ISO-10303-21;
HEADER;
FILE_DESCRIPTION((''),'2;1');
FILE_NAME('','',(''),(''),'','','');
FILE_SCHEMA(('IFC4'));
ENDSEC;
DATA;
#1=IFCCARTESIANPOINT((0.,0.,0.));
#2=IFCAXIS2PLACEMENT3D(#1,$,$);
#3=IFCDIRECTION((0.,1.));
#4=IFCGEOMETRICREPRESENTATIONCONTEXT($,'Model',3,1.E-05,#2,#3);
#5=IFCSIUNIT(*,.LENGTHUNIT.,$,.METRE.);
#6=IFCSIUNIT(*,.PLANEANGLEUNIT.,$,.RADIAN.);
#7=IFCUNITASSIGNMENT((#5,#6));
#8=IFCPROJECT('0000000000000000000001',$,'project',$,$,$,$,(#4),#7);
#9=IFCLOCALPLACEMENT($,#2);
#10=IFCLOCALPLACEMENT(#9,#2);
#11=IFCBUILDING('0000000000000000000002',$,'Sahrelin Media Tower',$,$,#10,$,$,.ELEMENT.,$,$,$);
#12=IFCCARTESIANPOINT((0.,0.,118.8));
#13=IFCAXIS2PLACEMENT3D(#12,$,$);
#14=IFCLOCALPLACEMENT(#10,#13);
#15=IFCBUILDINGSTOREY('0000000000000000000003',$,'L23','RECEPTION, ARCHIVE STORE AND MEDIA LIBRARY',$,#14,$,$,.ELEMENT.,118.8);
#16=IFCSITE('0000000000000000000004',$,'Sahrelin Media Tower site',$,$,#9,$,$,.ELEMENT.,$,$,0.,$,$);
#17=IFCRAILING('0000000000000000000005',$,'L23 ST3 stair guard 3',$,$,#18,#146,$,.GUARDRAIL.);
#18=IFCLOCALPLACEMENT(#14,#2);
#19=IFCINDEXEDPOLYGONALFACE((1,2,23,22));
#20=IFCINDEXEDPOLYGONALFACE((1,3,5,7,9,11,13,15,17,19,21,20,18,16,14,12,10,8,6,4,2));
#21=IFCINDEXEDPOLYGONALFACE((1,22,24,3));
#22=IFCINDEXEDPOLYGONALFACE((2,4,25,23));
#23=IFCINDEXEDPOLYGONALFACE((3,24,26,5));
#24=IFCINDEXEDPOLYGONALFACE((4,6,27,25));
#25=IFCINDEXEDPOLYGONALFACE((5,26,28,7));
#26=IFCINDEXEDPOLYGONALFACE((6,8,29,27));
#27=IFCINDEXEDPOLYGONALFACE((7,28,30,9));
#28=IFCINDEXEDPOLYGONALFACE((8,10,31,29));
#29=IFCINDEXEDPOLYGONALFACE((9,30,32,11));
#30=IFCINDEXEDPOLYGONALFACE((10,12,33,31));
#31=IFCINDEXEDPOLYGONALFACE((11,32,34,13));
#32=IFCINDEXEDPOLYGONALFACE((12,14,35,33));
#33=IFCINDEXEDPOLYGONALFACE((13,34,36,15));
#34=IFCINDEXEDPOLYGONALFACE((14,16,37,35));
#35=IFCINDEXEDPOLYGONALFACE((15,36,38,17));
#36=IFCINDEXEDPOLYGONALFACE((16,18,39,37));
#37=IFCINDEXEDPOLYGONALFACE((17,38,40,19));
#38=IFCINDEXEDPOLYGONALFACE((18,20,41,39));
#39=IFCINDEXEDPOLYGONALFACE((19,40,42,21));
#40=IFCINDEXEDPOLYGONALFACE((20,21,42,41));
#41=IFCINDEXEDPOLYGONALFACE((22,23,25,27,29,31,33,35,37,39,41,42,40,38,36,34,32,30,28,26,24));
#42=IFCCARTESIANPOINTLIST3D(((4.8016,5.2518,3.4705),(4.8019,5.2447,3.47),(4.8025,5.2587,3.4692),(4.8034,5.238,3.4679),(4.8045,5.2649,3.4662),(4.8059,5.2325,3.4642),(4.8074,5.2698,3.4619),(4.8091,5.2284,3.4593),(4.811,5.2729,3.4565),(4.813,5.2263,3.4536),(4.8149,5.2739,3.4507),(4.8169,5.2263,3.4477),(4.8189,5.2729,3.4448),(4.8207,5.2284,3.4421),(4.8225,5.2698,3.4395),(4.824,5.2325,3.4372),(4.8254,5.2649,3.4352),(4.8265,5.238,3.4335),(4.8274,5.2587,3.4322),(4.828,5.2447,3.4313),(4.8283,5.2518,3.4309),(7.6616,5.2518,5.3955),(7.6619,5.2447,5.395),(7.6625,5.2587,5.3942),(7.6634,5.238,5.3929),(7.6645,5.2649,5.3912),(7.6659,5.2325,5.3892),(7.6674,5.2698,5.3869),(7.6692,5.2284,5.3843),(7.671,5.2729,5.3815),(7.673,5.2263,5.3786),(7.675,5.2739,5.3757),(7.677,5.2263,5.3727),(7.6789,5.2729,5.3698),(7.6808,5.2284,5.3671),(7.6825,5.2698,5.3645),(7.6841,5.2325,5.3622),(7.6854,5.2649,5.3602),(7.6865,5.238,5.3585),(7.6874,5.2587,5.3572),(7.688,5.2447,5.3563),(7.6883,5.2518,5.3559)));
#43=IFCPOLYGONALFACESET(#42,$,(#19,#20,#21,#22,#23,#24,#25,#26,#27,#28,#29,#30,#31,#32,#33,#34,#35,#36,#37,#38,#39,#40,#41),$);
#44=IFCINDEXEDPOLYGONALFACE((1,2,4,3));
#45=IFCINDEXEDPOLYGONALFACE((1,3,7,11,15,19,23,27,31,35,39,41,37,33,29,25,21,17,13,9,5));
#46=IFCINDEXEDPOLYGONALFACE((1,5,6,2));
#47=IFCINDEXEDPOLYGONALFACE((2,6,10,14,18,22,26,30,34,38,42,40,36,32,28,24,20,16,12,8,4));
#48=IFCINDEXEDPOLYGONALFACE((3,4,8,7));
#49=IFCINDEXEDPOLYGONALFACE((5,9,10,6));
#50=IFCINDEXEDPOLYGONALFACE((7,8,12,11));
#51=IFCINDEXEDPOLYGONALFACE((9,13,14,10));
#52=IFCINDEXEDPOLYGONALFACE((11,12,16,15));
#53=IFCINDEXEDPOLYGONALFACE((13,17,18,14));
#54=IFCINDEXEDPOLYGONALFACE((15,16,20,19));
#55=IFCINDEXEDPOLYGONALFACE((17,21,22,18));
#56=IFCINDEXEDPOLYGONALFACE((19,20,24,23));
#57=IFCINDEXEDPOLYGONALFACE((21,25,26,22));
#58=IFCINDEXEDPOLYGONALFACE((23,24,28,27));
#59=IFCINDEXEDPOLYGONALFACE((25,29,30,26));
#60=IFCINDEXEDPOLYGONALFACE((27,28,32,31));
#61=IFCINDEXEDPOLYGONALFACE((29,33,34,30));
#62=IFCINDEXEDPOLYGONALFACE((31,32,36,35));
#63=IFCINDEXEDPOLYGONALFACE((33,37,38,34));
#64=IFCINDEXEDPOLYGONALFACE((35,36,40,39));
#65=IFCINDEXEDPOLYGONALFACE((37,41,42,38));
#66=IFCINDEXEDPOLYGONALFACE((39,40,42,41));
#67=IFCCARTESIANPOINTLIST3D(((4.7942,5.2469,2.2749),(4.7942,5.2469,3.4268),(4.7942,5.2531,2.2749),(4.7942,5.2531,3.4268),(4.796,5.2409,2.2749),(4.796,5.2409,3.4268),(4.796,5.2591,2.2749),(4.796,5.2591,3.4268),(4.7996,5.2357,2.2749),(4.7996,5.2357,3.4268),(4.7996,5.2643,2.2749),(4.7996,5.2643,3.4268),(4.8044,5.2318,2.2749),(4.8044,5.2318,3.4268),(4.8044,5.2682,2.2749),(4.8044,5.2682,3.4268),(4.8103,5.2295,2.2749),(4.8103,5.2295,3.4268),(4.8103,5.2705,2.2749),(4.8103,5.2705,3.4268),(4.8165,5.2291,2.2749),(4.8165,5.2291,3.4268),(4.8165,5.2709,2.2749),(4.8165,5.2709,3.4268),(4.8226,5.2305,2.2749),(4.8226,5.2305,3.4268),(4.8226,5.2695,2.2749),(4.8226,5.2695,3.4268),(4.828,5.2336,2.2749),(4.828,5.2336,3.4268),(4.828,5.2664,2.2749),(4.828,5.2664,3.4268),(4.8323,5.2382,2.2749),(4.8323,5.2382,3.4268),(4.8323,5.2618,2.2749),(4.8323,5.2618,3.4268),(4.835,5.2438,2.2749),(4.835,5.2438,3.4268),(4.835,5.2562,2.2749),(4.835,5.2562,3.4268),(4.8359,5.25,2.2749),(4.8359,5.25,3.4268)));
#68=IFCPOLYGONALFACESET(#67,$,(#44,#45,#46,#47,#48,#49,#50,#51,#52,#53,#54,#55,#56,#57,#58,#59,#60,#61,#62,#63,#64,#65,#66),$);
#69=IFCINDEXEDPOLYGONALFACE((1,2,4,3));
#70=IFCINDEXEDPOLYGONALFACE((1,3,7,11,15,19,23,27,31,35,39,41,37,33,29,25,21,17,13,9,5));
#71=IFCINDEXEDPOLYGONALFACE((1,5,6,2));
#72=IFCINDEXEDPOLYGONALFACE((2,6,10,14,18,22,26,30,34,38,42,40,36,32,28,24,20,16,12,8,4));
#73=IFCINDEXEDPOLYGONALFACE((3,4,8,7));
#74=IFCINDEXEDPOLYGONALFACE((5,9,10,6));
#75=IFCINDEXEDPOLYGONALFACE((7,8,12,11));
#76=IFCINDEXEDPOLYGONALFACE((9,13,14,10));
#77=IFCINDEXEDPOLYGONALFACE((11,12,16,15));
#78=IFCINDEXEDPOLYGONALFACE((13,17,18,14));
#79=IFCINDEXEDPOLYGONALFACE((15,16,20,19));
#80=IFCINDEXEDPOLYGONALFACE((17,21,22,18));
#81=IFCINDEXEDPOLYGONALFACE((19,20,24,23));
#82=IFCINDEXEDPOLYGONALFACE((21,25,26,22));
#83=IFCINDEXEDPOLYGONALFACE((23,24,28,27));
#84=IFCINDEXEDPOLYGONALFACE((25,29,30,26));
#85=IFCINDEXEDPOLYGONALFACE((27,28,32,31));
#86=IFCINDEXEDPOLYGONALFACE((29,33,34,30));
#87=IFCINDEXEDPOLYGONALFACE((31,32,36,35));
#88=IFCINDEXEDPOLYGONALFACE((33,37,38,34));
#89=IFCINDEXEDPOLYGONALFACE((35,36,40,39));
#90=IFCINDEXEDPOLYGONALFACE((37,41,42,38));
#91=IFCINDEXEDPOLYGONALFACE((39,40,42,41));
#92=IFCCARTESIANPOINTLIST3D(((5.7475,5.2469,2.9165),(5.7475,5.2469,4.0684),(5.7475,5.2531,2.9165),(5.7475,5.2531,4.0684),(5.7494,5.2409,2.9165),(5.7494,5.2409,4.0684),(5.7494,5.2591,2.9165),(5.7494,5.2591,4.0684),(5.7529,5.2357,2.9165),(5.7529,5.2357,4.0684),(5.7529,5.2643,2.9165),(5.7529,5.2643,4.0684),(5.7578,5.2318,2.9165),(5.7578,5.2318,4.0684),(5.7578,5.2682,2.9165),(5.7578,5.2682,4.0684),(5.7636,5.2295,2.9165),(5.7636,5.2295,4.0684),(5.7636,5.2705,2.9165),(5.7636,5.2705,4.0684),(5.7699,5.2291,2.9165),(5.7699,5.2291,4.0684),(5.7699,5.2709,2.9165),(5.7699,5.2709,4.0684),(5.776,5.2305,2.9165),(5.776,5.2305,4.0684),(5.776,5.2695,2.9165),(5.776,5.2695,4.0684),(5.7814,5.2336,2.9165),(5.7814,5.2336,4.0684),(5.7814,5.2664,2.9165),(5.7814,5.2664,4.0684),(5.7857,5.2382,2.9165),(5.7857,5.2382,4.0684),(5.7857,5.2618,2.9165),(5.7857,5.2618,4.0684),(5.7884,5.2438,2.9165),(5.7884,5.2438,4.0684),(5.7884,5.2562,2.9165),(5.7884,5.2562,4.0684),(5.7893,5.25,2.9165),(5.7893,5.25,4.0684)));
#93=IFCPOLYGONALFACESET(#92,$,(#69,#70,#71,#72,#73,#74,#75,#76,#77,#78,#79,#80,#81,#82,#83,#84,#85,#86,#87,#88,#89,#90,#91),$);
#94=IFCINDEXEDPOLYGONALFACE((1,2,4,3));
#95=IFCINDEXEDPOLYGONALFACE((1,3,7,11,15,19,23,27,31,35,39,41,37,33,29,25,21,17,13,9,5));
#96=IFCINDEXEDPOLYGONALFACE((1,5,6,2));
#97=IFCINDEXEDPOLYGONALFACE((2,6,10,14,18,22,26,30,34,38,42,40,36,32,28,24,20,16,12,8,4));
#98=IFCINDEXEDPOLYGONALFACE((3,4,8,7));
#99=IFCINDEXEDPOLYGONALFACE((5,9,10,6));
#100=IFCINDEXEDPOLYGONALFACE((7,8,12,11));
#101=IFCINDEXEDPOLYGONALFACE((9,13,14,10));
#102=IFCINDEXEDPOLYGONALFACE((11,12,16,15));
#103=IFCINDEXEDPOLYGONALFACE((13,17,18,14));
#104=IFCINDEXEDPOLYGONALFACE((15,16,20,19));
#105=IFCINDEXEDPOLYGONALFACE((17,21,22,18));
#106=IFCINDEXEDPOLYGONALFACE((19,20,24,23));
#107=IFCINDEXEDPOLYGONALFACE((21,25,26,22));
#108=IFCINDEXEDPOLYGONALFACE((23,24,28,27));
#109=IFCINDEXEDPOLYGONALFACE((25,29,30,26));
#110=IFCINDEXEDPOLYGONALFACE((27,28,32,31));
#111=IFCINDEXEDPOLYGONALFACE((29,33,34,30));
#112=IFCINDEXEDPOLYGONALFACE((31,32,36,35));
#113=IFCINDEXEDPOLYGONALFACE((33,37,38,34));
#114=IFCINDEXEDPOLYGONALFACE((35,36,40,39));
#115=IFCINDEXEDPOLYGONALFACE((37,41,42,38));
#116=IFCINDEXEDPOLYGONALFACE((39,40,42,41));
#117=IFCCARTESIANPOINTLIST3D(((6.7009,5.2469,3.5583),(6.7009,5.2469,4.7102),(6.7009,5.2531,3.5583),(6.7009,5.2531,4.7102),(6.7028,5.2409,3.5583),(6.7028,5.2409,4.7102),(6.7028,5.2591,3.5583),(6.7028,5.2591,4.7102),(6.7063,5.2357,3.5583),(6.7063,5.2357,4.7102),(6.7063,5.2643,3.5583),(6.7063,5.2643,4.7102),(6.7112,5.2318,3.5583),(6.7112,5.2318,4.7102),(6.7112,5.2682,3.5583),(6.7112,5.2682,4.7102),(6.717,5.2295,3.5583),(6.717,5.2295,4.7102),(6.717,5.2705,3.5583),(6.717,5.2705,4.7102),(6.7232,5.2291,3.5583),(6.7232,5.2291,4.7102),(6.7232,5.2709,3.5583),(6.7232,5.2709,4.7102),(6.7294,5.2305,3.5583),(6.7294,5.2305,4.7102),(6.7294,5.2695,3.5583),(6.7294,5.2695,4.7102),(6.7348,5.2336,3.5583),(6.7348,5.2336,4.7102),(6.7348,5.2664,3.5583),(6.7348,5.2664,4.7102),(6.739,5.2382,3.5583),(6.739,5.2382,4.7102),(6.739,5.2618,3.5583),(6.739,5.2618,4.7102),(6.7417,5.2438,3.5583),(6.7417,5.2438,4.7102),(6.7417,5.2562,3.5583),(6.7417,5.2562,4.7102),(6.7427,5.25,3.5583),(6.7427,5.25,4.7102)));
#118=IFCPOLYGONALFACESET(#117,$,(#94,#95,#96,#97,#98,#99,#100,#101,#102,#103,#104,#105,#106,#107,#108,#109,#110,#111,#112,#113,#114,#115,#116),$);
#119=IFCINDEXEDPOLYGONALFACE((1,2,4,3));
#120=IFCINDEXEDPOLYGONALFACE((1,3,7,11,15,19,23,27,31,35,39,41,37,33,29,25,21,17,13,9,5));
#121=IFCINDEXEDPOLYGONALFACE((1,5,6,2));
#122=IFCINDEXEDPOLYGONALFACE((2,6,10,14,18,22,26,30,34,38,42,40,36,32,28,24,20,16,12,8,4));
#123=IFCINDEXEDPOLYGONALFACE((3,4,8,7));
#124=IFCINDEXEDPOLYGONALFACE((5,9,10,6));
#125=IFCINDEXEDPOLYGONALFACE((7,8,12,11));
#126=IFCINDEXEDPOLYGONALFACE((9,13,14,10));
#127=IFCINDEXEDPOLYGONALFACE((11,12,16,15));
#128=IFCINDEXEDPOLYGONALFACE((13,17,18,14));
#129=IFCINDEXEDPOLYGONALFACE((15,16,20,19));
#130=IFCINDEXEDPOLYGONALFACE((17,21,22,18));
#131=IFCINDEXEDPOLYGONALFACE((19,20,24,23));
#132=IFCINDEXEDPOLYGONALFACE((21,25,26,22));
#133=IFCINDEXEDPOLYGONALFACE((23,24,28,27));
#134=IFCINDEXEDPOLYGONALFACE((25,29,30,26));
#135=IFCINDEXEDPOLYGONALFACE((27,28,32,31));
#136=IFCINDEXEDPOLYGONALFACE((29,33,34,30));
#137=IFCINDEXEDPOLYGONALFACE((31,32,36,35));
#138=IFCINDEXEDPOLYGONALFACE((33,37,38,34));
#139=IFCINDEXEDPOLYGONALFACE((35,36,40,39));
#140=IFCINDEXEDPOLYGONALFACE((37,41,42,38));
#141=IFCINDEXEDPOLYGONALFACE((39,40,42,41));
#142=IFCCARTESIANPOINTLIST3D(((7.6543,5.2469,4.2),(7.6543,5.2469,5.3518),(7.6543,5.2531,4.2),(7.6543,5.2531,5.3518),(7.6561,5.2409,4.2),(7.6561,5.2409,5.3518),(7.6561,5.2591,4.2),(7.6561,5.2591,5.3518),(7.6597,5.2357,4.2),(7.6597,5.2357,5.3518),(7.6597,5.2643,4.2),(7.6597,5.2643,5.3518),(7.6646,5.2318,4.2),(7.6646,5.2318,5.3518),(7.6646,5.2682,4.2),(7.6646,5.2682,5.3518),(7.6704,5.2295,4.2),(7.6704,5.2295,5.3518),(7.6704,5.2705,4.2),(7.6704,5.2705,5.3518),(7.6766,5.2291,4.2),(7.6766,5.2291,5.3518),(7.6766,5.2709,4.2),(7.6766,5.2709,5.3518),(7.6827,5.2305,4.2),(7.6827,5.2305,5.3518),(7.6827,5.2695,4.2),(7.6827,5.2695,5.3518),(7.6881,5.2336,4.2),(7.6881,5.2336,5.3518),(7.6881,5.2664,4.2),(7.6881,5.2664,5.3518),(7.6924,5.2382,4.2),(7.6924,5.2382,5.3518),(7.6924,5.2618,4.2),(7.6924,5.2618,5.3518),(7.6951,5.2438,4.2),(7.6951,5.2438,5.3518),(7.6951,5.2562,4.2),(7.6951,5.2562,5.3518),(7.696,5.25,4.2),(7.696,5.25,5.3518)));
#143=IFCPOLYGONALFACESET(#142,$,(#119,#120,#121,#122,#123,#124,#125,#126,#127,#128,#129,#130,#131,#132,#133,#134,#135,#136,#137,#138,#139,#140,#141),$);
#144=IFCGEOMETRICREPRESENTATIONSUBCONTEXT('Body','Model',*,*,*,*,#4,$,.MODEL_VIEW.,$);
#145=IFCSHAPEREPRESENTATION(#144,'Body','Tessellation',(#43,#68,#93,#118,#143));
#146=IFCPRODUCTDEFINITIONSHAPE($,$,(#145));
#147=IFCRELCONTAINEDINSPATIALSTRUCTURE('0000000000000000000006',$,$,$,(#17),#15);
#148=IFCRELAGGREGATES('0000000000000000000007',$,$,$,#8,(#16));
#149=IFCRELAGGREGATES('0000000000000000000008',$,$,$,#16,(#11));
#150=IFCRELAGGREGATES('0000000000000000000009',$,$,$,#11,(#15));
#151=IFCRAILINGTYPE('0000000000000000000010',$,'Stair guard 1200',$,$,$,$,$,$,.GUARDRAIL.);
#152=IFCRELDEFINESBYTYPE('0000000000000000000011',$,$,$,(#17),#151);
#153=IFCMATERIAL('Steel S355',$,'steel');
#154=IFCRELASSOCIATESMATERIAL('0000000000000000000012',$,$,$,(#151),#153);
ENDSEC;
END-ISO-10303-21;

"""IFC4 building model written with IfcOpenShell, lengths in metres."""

from ifc_helpers import new_model, si_unit, direction, frame, origin, origin_2d, place, context, subcontext, project, spatial, circle, extrude, material, type_object, element, save


model = new_model("IFC4")

# Units and contexts
model_context = context("Model", 3, precision=1e-05, world=origin(), true_north=direction((0.0, 1.0)))
body_context = subcontext(model_context, "Body", "Model", "MODEL_VIEW")
ifc_project = project(units=[si_unit("LENGTHUNIT", "METRE"), si_unit("PLANEANGLEUNIT", "RADIAN")], contexts=[model_context])

# Site, building, storey
site_placement = place(None, origin())
site = spatial("IfcSite", under=ifc_project, at=site_placement, Name="Sahrelin Media Tower site", CompositionType="ELEMENT", RefElevation=0.0)
building_placement = place(site_placement, origin())
building = spatial("IfcBuilding", under=site, at=building_placement, Name="Sahrelin Media Tower", CompositionType="ELEMENT")
storey_placement = place(building_placement, frame((0.0, 0.0, 118.8)))
storey = spatial("IfcBuildingStorey", under=building, at=storey_placement, Name="L23", Description="RECEPTION, ARCHIVE STORE AND MEDIA LIBRARY", CompositionType="ELEMENT", Elevation=118.8)

# Railing
ifc_material_1 = material(Name="Steel S355", Category="steel")
railing_type_1 = type_object("IfcRailingType", Name="Stair guard 1200", PredefinedType="GUARDRAIL", material=ifc_material_1)
railing_1_placement = place(storey_placement, frame((4.8149, 5.25, 2.2749)))
element("IfcRailing", 1, at=railing_1_placement, inside=storey, type_object=railing_type_1, Name="L23 ST3 stair guard 3", PredefinedType="GUARDRAIL", context=body_context, shape_type="SweptSolid", body=[
    extrude(circle(Radius=0.0239, at=origin_2d()), frame((0.0, 0.0, 1.1758), z_axis=(0.829591, 0.0, 0.558372), x_axis=(0.0, 1.0, 0.0)), (0.0, 0.0, 1.0), 3.4475),
    extrude(circle(Radius=0.021, at=origin_2d()), origin(), (0.0, 0.0, 1.0), 1.1519),
    extrude(circle(Radius=0.021, at=origin_2d()), frame((0.9534, 0.0, 0.6416)), (0.0, 0.0, 1.0), 1.1519),
    extrude(circle(Radius=0.021, at=origin_2d()), frame((1.9067, 0.0, 1.2834)), (0.0, 0.0, 1.0), 1.1519),
    extrude(circle(Radius=0.021, at=origin_2d()), frame((2.8601, 0.0, 1.925)), (0.0, 0.0, 1.0), 1.1519),
])

save(model, "model.ifc")
